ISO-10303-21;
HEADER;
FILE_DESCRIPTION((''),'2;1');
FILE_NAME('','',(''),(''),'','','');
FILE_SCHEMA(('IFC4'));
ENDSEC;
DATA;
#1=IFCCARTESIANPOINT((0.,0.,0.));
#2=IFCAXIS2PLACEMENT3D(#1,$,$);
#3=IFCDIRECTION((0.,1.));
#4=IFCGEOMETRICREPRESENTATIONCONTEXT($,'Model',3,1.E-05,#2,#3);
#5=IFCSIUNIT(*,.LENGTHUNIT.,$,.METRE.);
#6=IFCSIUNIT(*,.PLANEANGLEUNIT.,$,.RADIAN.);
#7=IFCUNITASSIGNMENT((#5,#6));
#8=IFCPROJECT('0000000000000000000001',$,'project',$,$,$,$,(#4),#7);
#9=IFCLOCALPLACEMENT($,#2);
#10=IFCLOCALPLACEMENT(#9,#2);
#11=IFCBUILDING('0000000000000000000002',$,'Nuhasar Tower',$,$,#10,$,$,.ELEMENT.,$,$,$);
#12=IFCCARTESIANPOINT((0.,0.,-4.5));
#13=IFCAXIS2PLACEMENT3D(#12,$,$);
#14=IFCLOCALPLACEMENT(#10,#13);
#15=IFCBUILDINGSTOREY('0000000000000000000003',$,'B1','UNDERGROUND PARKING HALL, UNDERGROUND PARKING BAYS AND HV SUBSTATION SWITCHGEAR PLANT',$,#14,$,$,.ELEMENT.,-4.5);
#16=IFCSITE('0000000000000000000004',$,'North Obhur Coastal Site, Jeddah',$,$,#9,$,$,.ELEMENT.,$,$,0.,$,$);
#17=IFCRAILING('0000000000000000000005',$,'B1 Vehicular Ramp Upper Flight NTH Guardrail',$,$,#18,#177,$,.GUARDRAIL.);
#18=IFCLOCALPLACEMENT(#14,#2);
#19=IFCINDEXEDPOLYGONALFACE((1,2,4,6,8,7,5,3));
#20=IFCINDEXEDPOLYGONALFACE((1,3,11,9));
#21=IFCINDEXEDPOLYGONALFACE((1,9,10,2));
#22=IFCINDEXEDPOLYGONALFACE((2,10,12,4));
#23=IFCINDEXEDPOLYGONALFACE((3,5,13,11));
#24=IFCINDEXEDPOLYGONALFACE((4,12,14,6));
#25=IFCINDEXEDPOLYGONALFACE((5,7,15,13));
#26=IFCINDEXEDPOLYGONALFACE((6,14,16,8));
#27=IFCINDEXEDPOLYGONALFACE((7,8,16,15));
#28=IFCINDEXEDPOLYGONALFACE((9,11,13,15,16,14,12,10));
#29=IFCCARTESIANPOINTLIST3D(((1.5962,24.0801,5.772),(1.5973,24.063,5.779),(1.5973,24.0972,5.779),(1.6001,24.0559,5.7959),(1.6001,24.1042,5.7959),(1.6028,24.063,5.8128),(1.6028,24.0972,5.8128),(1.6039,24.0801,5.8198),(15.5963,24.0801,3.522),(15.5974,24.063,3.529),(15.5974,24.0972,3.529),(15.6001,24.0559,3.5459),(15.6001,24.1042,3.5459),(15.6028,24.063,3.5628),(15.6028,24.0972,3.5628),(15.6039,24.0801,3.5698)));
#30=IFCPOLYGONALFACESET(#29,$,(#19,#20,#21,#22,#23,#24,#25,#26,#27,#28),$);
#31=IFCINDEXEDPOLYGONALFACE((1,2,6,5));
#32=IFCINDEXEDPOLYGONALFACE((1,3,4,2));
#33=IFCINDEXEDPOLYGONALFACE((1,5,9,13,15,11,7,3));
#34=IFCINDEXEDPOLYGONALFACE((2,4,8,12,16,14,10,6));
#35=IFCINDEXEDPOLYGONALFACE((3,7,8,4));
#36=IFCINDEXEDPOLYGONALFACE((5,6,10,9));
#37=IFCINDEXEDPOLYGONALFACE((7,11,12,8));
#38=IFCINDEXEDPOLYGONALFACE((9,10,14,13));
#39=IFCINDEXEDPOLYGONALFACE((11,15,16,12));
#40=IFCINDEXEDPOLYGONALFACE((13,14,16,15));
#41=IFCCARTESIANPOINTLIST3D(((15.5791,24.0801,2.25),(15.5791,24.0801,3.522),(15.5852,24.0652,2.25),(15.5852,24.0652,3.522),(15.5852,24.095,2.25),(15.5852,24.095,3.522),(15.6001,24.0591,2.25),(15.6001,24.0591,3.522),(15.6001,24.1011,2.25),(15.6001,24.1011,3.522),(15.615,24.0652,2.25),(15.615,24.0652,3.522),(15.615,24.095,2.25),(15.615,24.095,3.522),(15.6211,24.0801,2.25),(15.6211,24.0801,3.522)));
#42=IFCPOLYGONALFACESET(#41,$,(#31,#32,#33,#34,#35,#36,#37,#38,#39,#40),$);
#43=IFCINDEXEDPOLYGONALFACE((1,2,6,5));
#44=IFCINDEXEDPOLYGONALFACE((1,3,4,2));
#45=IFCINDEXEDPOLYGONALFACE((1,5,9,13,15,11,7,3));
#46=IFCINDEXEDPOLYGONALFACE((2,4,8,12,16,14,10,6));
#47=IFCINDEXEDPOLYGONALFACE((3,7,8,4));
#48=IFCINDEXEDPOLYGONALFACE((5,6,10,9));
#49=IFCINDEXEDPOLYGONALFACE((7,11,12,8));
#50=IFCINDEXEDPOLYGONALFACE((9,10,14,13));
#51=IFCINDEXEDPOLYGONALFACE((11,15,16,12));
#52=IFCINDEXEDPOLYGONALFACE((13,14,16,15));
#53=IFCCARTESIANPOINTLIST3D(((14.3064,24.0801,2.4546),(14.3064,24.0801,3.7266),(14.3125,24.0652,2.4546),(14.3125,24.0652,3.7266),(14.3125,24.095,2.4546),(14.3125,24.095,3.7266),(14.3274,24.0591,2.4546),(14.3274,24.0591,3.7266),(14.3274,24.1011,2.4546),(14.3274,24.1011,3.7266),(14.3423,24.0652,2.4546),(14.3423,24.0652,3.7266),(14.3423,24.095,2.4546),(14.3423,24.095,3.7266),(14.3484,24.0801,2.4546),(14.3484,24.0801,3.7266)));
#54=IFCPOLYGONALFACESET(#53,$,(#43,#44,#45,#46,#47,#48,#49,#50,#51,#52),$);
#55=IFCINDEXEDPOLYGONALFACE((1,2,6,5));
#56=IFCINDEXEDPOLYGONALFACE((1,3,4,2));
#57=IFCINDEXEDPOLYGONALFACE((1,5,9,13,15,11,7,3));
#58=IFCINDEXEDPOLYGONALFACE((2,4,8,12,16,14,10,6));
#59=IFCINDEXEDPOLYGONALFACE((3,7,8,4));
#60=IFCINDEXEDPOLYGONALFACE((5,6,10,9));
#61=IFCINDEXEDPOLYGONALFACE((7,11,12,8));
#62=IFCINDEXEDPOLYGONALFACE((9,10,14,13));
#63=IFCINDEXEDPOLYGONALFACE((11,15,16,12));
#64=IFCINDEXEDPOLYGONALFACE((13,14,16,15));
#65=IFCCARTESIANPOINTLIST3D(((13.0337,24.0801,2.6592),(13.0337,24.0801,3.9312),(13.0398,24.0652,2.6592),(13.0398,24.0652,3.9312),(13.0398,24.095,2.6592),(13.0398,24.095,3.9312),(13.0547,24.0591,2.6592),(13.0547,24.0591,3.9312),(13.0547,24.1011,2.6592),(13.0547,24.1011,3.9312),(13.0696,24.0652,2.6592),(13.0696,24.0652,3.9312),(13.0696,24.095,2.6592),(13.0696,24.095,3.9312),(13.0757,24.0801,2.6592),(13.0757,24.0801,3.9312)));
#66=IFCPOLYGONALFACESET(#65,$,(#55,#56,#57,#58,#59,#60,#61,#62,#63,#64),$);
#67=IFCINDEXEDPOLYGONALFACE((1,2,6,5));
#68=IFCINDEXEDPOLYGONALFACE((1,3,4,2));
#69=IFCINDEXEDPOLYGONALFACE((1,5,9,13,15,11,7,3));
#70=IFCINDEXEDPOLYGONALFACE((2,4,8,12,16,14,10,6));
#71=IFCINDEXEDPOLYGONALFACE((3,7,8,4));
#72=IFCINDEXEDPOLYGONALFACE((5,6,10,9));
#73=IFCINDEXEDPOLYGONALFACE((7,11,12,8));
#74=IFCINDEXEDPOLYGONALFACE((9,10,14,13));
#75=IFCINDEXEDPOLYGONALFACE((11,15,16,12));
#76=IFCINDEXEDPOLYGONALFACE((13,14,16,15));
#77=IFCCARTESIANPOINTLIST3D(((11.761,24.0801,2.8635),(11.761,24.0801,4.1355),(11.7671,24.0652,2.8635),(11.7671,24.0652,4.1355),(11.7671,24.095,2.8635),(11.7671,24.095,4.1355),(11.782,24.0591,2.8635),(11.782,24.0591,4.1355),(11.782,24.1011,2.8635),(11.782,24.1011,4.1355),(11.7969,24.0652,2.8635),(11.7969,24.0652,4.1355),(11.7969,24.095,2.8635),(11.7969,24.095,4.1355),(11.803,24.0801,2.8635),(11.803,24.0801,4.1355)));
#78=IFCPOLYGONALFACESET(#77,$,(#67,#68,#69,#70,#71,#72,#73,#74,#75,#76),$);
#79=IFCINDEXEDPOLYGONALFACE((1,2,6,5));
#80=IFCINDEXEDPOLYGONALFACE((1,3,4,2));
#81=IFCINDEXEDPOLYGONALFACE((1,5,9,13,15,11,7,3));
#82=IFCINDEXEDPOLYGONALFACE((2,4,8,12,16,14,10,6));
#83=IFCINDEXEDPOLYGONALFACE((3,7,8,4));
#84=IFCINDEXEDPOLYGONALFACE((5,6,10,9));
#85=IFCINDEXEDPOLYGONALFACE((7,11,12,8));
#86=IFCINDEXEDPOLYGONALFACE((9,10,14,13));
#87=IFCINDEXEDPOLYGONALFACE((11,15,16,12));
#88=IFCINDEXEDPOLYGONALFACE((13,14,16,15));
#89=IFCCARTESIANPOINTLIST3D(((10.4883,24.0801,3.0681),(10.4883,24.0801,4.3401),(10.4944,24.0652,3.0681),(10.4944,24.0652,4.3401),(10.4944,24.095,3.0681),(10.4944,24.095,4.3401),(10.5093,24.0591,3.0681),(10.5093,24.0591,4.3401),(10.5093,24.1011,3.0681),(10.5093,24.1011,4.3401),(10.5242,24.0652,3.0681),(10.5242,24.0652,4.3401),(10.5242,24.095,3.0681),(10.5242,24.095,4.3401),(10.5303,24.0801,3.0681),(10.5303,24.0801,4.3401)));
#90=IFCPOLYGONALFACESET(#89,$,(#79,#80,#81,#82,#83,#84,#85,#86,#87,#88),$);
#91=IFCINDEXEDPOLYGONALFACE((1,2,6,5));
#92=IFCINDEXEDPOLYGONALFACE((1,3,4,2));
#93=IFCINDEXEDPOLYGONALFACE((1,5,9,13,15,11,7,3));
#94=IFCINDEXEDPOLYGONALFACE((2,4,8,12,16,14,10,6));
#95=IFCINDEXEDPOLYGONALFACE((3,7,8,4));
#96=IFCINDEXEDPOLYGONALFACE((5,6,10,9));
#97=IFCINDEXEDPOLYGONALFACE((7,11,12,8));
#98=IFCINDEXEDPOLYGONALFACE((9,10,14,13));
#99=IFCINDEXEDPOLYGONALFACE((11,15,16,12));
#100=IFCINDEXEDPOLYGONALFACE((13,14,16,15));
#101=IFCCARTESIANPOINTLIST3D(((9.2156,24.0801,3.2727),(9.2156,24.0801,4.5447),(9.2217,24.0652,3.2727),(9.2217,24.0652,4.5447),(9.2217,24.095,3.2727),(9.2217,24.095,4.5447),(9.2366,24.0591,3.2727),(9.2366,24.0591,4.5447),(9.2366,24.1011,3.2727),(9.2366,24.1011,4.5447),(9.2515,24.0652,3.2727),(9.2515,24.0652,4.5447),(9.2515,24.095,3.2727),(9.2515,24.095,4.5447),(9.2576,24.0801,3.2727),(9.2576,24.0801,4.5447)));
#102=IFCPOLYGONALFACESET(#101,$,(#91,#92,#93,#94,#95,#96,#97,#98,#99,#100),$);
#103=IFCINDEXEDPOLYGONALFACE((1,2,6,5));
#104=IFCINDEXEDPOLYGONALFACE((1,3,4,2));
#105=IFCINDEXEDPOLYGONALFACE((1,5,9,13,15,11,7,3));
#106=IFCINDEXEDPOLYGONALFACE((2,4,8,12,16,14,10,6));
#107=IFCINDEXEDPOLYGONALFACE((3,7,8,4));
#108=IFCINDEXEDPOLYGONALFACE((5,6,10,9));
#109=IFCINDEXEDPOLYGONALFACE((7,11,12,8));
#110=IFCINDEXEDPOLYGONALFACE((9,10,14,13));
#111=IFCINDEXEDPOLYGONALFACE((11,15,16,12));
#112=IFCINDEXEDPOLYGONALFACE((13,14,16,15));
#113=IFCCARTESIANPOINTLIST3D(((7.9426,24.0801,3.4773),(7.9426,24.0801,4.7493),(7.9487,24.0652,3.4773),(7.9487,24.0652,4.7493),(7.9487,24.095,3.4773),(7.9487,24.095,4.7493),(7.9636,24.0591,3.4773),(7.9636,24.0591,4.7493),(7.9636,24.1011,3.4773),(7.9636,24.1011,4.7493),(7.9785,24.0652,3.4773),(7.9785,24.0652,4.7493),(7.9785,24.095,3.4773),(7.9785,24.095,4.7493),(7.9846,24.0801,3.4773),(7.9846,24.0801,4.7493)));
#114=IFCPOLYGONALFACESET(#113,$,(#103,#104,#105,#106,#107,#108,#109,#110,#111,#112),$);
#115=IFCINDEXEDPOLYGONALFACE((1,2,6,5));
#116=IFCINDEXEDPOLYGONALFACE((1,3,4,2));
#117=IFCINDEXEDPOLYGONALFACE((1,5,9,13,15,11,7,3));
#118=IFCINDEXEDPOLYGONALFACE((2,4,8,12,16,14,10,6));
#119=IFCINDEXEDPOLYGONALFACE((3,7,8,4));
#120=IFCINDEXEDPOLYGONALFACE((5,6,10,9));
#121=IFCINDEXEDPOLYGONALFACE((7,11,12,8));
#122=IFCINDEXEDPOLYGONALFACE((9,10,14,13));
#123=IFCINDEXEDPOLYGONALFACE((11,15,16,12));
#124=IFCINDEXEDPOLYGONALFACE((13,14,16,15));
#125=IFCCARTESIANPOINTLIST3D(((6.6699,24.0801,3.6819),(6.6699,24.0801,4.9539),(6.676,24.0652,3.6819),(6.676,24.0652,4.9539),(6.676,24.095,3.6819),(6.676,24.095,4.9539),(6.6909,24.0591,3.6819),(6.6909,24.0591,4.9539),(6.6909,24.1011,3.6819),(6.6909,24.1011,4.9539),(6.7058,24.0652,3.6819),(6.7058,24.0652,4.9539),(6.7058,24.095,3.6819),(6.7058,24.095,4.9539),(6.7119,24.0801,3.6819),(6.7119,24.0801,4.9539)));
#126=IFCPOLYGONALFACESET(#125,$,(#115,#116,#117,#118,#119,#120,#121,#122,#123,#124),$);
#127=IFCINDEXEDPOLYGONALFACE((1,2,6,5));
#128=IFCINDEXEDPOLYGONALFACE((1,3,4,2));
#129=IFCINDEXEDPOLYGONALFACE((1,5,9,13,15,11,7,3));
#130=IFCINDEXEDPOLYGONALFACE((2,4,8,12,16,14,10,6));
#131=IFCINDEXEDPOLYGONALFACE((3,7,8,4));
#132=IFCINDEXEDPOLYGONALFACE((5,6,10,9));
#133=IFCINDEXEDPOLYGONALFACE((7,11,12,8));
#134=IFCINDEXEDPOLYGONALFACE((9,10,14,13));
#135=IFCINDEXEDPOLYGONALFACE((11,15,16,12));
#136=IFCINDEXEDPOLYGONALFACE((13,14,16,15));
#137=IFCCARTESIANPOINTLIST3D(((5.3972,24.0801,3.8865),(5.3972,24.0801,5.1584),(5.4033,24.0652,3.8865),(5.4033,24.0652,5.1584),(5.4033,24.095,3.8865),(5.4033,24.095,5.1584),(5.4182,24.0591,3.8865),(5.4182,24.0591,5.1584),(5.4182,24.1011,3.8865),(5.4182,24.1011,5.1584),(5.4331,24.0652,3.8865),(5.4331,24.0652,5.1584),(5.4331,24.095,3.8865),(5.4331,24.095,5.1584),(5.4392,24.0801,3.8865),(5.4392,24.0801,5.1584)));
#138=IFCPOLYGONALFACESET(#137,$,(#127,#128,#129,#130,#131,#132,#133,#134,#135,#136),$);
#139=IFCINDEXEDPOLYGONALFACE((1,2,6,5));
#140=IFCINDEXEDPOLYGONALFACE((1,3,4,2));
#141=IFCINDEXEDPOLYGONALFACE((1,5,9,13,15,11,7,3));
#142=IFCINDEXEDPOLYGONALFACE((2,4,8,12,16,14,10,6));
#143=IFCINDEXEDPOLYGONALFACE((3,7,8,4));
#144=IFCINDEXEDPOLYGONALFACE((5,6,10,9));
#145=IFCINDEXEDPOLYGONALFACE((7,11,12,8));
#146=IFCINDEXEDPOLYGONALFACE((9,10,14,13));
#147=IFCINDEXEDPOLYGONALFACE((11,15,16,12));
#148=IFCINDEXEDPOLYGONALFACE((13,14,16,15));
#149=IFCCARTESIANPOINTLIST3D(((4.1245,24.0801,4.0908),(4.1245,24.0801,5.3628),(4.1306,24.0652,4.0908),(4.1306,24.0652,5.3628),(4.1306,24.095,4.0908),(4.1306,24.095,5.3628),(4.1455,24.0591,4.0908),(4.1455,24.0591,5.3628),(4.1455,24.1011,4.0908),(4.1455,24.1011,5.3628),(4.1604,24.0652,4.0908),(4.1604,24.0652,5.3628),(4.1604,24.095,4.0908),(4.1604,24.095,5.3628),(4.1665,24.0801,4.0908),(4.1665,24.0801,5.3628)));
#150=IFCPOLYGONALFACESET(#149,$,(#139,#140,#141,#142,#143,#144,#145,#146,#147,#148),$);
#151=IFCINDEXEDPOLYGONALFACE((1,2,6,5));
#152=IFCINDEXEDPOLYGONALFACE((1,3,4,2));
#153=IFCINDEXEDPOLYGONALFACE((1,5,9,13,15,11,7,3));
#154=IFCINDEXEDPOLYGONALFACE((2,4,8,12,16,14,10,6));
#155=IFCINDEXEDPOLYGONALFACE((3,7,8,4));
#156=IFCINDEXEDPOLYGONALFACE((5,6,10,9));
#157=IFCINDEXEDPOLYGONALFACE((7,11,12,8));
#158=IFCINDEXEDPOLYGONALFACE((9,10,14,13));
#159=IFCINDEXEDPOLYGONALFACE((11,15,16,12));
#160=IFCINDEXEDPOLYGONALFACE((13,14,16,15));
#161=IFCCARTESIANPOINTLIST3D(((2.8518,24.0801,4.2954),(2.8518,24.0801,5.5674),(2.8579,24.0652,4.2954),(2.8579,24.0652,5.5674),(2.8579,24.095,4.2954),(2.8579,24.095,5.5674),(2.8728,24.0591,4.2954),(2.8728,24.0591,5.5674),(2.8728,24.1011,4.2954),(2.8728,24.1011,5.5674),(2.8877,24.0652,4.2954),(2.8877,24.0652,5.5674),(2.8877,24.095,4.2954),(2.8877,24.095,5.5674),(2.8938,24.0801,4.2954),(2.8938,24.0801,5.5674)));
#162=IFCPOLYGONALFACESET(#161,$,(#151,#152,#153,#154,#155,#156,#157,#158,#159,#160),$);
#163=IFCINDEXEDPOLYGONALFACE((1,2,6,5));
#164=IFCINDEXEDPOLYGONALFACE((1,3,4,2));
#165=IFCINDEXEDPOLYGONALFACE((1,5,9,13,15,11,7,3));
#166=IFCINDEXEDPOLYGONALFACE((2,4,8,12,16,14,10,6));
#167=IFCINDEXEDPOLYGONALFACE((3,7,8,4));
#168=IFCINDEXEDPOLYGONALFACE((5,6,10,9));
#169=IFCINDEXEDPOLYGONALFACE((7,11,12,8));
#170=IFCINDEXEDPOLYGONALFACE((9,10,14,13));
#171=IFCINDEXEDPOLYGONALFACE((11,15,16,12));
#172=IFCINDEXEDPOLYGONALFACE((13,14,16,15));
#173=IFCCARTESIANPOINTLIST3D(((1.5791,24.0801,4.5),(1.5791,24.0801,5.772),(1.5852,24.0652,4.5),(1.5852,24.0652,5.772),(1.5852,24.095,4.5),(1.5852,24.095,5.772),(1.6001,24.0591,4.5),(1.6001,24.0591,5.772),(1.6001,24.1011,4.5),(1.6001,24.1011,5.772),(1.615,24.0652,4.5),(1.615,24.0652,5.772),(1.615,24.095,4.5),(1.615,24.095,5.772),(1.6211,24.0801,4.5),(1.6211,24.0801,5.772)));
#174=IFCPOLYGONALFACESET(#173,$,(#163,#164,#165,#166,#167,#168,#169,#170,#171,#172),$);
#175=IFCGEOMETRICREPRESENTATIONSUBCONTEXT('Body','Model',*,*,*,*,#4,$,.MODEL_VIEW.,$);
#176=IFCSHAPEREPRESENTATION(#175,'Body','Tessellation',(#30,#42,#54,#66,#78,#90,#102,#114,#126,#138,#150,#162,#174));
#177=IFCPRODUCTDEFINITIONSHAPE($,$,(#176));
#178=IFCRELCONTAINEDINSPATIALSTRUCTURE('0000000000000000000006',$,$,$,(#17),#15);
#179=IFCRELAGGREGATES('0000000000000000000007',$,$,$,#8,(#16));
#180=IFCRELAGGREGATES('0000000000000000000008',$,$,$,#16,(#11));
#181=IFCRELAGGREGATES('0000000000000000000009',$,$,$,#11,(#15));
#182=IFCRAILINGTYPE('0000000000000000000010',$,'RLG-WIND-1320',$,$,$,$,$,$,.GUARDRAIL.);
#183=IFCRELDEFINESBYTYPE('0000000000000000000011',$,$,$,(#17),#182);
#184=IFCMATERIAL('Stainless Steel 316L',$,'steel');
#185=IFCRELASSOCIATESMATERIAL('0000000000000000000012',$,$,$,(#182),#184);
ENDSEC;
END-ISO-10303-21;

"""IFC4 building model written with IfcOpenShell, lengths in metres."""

from ifc_helpers import new_model, si_unit, direction, frame, origin, place, context, subcontext, project, spatial, polyline, outline, extrude, material, type_object, element, save


model = new_model("IFC4")

# Units and contexts
model_context = context("Model", 3, precision=1e-05, world=origin(), true_north=direction((0.0, 1.0)))
body_context = subcontext(model_context, "Body", "Model", "MODEL_VIEW")
ifc_project = project(units=[si_unit("LENGTHUNIT", "METRE"), si_unit("PLANEANGLEUNIT", "RADIAN")], contexts=[model_context])

# Site, building, storey
site_placement = place(None, origin())
site = spatial("IfcSite", under=ifc_project, at=site_placement, Name="North Obhur Coastal Site, Jeddah", CompositionType="ELEMENT", RefElevation=0.0)
building_placement = place(site_placement, origin())
building = spatial("IfcBuilding", under=site, at=building_placement, Name="Nuhasar Tower", CompositionType="ELEMENT")
storey_placement = place(building_placement, frame((0.0, 0.0, -4.5)))
storey = spatial("IfcBuildingStorey", under=building, at=storey_placement, Name="B1", Description="UNDERGROUND PARKING HALL, UNDERGROUND PARKING BAYS AND HV SUBSTATION SWITCHGEAR PLANT", CompositionType="ELEMENT", Elevation=-4.5)

# Railing
ifc_material_1 = material(Name="Stainless Steel 316L", Category="steel")
railing_type = type_object("IfcRailingType", Name="RLG-WIND-1320", PredefinedType="GUARDRAIL", material=ifc_material_1)
railing_1_placement = place(storey_placement, frame((15.6001, 24.0801, 2.25)))
element("IfcRailing", 1, at=railing_1_placement, inside=storey, type_object=railing_type, Name="B1 Vehicular Ramp Upper Flight NTH Guardrail", PredefinedType="GUARDRAIL", context=body_context, shape_type="SweptSolid", body=[
    extrude(outline(polyline([(0.0242, 0.0), (0.0171, 0.0171), (0.0, 0.0242), (-0.0171, 0.0171), (-0.0242, 0.0), (-0.0171, -0.0171), (0.0, -0.0242), (0.0171, -0.0171), (0.0242, 0.0)])), frame((0.0, 0.0, 1.2959), z_axis=(-0.98733, 0.0, 0.158678), x_axis=(0.0, -1.0, 0.0)), (0.0, 0.0, 1.0), 14.1797),
    extrude(outline(polyline([(0.021, 0.0), (0.0149, 0.0149), (0.0, 0.021), (-0.0149, 0.0149), (-0.021, 0.0), (-0.0149, -0.0149), (0.0, -0.021), (0.0149, -0.0149), (0.021, 0.0)])), origin(), (0.0, 0.0, 1.0), 1.272),
    extrude(outline(polyline([(0.021, 0.0), (0.0149, 0.0149), (0.0, 0.021), (-0.0149, 0.0149), (-0.021, 0.0), (-0.0149, -0.0149), (0.0, -0.021), (0.0149, -0.0149), (0.021, 0.0)])), frame((-1.2727, 0.0, 0.2046)), (0.0, 0.0, 1.0), 1.272),
    extrude(outline(polyline([(0.021, 0.0), (0.0149, 0.0149), (0.0, 0.021), (-0.0149, 0.0149), (-0.021, 0.0), (-0.0149, -0.0149), (0.0, -0.021), (0.0149, -0.0149), (0.021, 0.0)])), frame((-2.5454, 0.0, 0.4092)), (0.0, 0.0, 1.0), 1.272),
    extrude(outline(polyline([(0.021, 0.0), (0.0149, 0.0149), (0.0, 0.021), (-0.0149, 0.0149), (-0.021, 0.0), (-0.0149, -0.0149), (0.0, -0.021), (0.0149, -0.0149), (0.021, 0.0)])), frame((-3.8181, 0.0, 0.6135)), (0.0, 0.0, 1.0), 1.272),
    extrude(outline(polyline([(0.021, 0.0), (0.0149, 0.0149), (0.0, 0.021), (-0.0149, 0.0149), (-0.021, 0.0), (-0.0149, -0.0149), (0.0, -0.021), (0.0149, -0.0149), (0.021, 0.0)])), frame((-5.0908, 0.0, 0.8181)), (0.0, 0.0, 1.0), 1.272),
    extrude(outline(polyline([(0.021, 0.0), (0.0149, 0.0149), (0.0, 0.021), (-0.0149, 0.0149), (-0.021, 0.0), (-0.0149, -0.0149), (0.0, -0.021), (0.0149, -0.0149), (0.021, 0.0)])), frame((-6.3635, 0.0, 1.0227)), (0.0, 0.0, 1.0), 1.272),
    extrude(outline(polyline([(0.021, 0.0), (0.0149, 0.0149), (0.0, 0.021), (-0.0149, 0.0149), (-0.021, 0.0), (-0.0149, -0.0149), (0.0, -0.021), (0.0149, -0.0149), (0.021, 0.0)])), frame((-7.6365, 0.0, 1.2273)), (0.0, 0.0, 1.0), 1.272),
    extrude(outline(polyline([(0.021, 0.0), (0.0149, 0.0149), (0.0, 0.021), (-0.0149, 0.0149), (-0.021, 0.0), (-0.0149, -0.0149), (0.0, -0.021), (0.0149, -0.0149), (0.021, 0.0)])), frame((-8.9092, 0.0, 1.4319)), (0.0, 0.0, 1.0), 1.272),
    extrude(outline(polyline([(0.021, 0.0), (0.0149, 0.0149), (0.0, 0.021), (-0.0149, 0.0149), (-0.021, 0.0), (-0.0149, -0.0149), (0.0, -0.021), (0.0149, -0.0149), (0.021, 0.0)])), frame((-10.1819, 0.0, 1.6365)), (0.0, 0.0, 1.0), 1.272),
    extrude(outline(polyline([(0.021, 0.0), (0.0149, 0.0149), (0.0, 0.021), (-0.0149, 0.0149), (-0.021, 0.0), (-0.0149, -0.0149), (0.0, -0.021), (0.0149, -0.0149), (0.021, 0.0)])), frame((-11.4546, 0.0, 1.8408)), (0.0, 0.0, 1.0), 1.272),
    extrude(outline(polyline([(0.021, 0.0), (0.0149, 0.0149), (0.0, 0.021), (-0.0149, 0.0149), (-0.021, 0.0), (-0.0149, -0.0149), (0.0, -0.021), (0.0149, -0.0149), (0.021, 0.0)])), frame((-12.7273, 0.0, 2.0454)), (0.0, 0.0, 1.0), 1.272),
    extrude(outline(polyline([(0.021, 0.0), (0.0149, 0.0149), (0.0, 0.021), (-0.0149, 0.0149), (-0.021, 0.0), (-0.0149, -0.0149), (0.0, -0.021), (0.0149, -0.0149), (0.021, 0.0)])), frame((-14.0, 0.0, 2.25)), (0.0, 0.0, 1.0), 1.272),
])

save(model, "model.ifc")
